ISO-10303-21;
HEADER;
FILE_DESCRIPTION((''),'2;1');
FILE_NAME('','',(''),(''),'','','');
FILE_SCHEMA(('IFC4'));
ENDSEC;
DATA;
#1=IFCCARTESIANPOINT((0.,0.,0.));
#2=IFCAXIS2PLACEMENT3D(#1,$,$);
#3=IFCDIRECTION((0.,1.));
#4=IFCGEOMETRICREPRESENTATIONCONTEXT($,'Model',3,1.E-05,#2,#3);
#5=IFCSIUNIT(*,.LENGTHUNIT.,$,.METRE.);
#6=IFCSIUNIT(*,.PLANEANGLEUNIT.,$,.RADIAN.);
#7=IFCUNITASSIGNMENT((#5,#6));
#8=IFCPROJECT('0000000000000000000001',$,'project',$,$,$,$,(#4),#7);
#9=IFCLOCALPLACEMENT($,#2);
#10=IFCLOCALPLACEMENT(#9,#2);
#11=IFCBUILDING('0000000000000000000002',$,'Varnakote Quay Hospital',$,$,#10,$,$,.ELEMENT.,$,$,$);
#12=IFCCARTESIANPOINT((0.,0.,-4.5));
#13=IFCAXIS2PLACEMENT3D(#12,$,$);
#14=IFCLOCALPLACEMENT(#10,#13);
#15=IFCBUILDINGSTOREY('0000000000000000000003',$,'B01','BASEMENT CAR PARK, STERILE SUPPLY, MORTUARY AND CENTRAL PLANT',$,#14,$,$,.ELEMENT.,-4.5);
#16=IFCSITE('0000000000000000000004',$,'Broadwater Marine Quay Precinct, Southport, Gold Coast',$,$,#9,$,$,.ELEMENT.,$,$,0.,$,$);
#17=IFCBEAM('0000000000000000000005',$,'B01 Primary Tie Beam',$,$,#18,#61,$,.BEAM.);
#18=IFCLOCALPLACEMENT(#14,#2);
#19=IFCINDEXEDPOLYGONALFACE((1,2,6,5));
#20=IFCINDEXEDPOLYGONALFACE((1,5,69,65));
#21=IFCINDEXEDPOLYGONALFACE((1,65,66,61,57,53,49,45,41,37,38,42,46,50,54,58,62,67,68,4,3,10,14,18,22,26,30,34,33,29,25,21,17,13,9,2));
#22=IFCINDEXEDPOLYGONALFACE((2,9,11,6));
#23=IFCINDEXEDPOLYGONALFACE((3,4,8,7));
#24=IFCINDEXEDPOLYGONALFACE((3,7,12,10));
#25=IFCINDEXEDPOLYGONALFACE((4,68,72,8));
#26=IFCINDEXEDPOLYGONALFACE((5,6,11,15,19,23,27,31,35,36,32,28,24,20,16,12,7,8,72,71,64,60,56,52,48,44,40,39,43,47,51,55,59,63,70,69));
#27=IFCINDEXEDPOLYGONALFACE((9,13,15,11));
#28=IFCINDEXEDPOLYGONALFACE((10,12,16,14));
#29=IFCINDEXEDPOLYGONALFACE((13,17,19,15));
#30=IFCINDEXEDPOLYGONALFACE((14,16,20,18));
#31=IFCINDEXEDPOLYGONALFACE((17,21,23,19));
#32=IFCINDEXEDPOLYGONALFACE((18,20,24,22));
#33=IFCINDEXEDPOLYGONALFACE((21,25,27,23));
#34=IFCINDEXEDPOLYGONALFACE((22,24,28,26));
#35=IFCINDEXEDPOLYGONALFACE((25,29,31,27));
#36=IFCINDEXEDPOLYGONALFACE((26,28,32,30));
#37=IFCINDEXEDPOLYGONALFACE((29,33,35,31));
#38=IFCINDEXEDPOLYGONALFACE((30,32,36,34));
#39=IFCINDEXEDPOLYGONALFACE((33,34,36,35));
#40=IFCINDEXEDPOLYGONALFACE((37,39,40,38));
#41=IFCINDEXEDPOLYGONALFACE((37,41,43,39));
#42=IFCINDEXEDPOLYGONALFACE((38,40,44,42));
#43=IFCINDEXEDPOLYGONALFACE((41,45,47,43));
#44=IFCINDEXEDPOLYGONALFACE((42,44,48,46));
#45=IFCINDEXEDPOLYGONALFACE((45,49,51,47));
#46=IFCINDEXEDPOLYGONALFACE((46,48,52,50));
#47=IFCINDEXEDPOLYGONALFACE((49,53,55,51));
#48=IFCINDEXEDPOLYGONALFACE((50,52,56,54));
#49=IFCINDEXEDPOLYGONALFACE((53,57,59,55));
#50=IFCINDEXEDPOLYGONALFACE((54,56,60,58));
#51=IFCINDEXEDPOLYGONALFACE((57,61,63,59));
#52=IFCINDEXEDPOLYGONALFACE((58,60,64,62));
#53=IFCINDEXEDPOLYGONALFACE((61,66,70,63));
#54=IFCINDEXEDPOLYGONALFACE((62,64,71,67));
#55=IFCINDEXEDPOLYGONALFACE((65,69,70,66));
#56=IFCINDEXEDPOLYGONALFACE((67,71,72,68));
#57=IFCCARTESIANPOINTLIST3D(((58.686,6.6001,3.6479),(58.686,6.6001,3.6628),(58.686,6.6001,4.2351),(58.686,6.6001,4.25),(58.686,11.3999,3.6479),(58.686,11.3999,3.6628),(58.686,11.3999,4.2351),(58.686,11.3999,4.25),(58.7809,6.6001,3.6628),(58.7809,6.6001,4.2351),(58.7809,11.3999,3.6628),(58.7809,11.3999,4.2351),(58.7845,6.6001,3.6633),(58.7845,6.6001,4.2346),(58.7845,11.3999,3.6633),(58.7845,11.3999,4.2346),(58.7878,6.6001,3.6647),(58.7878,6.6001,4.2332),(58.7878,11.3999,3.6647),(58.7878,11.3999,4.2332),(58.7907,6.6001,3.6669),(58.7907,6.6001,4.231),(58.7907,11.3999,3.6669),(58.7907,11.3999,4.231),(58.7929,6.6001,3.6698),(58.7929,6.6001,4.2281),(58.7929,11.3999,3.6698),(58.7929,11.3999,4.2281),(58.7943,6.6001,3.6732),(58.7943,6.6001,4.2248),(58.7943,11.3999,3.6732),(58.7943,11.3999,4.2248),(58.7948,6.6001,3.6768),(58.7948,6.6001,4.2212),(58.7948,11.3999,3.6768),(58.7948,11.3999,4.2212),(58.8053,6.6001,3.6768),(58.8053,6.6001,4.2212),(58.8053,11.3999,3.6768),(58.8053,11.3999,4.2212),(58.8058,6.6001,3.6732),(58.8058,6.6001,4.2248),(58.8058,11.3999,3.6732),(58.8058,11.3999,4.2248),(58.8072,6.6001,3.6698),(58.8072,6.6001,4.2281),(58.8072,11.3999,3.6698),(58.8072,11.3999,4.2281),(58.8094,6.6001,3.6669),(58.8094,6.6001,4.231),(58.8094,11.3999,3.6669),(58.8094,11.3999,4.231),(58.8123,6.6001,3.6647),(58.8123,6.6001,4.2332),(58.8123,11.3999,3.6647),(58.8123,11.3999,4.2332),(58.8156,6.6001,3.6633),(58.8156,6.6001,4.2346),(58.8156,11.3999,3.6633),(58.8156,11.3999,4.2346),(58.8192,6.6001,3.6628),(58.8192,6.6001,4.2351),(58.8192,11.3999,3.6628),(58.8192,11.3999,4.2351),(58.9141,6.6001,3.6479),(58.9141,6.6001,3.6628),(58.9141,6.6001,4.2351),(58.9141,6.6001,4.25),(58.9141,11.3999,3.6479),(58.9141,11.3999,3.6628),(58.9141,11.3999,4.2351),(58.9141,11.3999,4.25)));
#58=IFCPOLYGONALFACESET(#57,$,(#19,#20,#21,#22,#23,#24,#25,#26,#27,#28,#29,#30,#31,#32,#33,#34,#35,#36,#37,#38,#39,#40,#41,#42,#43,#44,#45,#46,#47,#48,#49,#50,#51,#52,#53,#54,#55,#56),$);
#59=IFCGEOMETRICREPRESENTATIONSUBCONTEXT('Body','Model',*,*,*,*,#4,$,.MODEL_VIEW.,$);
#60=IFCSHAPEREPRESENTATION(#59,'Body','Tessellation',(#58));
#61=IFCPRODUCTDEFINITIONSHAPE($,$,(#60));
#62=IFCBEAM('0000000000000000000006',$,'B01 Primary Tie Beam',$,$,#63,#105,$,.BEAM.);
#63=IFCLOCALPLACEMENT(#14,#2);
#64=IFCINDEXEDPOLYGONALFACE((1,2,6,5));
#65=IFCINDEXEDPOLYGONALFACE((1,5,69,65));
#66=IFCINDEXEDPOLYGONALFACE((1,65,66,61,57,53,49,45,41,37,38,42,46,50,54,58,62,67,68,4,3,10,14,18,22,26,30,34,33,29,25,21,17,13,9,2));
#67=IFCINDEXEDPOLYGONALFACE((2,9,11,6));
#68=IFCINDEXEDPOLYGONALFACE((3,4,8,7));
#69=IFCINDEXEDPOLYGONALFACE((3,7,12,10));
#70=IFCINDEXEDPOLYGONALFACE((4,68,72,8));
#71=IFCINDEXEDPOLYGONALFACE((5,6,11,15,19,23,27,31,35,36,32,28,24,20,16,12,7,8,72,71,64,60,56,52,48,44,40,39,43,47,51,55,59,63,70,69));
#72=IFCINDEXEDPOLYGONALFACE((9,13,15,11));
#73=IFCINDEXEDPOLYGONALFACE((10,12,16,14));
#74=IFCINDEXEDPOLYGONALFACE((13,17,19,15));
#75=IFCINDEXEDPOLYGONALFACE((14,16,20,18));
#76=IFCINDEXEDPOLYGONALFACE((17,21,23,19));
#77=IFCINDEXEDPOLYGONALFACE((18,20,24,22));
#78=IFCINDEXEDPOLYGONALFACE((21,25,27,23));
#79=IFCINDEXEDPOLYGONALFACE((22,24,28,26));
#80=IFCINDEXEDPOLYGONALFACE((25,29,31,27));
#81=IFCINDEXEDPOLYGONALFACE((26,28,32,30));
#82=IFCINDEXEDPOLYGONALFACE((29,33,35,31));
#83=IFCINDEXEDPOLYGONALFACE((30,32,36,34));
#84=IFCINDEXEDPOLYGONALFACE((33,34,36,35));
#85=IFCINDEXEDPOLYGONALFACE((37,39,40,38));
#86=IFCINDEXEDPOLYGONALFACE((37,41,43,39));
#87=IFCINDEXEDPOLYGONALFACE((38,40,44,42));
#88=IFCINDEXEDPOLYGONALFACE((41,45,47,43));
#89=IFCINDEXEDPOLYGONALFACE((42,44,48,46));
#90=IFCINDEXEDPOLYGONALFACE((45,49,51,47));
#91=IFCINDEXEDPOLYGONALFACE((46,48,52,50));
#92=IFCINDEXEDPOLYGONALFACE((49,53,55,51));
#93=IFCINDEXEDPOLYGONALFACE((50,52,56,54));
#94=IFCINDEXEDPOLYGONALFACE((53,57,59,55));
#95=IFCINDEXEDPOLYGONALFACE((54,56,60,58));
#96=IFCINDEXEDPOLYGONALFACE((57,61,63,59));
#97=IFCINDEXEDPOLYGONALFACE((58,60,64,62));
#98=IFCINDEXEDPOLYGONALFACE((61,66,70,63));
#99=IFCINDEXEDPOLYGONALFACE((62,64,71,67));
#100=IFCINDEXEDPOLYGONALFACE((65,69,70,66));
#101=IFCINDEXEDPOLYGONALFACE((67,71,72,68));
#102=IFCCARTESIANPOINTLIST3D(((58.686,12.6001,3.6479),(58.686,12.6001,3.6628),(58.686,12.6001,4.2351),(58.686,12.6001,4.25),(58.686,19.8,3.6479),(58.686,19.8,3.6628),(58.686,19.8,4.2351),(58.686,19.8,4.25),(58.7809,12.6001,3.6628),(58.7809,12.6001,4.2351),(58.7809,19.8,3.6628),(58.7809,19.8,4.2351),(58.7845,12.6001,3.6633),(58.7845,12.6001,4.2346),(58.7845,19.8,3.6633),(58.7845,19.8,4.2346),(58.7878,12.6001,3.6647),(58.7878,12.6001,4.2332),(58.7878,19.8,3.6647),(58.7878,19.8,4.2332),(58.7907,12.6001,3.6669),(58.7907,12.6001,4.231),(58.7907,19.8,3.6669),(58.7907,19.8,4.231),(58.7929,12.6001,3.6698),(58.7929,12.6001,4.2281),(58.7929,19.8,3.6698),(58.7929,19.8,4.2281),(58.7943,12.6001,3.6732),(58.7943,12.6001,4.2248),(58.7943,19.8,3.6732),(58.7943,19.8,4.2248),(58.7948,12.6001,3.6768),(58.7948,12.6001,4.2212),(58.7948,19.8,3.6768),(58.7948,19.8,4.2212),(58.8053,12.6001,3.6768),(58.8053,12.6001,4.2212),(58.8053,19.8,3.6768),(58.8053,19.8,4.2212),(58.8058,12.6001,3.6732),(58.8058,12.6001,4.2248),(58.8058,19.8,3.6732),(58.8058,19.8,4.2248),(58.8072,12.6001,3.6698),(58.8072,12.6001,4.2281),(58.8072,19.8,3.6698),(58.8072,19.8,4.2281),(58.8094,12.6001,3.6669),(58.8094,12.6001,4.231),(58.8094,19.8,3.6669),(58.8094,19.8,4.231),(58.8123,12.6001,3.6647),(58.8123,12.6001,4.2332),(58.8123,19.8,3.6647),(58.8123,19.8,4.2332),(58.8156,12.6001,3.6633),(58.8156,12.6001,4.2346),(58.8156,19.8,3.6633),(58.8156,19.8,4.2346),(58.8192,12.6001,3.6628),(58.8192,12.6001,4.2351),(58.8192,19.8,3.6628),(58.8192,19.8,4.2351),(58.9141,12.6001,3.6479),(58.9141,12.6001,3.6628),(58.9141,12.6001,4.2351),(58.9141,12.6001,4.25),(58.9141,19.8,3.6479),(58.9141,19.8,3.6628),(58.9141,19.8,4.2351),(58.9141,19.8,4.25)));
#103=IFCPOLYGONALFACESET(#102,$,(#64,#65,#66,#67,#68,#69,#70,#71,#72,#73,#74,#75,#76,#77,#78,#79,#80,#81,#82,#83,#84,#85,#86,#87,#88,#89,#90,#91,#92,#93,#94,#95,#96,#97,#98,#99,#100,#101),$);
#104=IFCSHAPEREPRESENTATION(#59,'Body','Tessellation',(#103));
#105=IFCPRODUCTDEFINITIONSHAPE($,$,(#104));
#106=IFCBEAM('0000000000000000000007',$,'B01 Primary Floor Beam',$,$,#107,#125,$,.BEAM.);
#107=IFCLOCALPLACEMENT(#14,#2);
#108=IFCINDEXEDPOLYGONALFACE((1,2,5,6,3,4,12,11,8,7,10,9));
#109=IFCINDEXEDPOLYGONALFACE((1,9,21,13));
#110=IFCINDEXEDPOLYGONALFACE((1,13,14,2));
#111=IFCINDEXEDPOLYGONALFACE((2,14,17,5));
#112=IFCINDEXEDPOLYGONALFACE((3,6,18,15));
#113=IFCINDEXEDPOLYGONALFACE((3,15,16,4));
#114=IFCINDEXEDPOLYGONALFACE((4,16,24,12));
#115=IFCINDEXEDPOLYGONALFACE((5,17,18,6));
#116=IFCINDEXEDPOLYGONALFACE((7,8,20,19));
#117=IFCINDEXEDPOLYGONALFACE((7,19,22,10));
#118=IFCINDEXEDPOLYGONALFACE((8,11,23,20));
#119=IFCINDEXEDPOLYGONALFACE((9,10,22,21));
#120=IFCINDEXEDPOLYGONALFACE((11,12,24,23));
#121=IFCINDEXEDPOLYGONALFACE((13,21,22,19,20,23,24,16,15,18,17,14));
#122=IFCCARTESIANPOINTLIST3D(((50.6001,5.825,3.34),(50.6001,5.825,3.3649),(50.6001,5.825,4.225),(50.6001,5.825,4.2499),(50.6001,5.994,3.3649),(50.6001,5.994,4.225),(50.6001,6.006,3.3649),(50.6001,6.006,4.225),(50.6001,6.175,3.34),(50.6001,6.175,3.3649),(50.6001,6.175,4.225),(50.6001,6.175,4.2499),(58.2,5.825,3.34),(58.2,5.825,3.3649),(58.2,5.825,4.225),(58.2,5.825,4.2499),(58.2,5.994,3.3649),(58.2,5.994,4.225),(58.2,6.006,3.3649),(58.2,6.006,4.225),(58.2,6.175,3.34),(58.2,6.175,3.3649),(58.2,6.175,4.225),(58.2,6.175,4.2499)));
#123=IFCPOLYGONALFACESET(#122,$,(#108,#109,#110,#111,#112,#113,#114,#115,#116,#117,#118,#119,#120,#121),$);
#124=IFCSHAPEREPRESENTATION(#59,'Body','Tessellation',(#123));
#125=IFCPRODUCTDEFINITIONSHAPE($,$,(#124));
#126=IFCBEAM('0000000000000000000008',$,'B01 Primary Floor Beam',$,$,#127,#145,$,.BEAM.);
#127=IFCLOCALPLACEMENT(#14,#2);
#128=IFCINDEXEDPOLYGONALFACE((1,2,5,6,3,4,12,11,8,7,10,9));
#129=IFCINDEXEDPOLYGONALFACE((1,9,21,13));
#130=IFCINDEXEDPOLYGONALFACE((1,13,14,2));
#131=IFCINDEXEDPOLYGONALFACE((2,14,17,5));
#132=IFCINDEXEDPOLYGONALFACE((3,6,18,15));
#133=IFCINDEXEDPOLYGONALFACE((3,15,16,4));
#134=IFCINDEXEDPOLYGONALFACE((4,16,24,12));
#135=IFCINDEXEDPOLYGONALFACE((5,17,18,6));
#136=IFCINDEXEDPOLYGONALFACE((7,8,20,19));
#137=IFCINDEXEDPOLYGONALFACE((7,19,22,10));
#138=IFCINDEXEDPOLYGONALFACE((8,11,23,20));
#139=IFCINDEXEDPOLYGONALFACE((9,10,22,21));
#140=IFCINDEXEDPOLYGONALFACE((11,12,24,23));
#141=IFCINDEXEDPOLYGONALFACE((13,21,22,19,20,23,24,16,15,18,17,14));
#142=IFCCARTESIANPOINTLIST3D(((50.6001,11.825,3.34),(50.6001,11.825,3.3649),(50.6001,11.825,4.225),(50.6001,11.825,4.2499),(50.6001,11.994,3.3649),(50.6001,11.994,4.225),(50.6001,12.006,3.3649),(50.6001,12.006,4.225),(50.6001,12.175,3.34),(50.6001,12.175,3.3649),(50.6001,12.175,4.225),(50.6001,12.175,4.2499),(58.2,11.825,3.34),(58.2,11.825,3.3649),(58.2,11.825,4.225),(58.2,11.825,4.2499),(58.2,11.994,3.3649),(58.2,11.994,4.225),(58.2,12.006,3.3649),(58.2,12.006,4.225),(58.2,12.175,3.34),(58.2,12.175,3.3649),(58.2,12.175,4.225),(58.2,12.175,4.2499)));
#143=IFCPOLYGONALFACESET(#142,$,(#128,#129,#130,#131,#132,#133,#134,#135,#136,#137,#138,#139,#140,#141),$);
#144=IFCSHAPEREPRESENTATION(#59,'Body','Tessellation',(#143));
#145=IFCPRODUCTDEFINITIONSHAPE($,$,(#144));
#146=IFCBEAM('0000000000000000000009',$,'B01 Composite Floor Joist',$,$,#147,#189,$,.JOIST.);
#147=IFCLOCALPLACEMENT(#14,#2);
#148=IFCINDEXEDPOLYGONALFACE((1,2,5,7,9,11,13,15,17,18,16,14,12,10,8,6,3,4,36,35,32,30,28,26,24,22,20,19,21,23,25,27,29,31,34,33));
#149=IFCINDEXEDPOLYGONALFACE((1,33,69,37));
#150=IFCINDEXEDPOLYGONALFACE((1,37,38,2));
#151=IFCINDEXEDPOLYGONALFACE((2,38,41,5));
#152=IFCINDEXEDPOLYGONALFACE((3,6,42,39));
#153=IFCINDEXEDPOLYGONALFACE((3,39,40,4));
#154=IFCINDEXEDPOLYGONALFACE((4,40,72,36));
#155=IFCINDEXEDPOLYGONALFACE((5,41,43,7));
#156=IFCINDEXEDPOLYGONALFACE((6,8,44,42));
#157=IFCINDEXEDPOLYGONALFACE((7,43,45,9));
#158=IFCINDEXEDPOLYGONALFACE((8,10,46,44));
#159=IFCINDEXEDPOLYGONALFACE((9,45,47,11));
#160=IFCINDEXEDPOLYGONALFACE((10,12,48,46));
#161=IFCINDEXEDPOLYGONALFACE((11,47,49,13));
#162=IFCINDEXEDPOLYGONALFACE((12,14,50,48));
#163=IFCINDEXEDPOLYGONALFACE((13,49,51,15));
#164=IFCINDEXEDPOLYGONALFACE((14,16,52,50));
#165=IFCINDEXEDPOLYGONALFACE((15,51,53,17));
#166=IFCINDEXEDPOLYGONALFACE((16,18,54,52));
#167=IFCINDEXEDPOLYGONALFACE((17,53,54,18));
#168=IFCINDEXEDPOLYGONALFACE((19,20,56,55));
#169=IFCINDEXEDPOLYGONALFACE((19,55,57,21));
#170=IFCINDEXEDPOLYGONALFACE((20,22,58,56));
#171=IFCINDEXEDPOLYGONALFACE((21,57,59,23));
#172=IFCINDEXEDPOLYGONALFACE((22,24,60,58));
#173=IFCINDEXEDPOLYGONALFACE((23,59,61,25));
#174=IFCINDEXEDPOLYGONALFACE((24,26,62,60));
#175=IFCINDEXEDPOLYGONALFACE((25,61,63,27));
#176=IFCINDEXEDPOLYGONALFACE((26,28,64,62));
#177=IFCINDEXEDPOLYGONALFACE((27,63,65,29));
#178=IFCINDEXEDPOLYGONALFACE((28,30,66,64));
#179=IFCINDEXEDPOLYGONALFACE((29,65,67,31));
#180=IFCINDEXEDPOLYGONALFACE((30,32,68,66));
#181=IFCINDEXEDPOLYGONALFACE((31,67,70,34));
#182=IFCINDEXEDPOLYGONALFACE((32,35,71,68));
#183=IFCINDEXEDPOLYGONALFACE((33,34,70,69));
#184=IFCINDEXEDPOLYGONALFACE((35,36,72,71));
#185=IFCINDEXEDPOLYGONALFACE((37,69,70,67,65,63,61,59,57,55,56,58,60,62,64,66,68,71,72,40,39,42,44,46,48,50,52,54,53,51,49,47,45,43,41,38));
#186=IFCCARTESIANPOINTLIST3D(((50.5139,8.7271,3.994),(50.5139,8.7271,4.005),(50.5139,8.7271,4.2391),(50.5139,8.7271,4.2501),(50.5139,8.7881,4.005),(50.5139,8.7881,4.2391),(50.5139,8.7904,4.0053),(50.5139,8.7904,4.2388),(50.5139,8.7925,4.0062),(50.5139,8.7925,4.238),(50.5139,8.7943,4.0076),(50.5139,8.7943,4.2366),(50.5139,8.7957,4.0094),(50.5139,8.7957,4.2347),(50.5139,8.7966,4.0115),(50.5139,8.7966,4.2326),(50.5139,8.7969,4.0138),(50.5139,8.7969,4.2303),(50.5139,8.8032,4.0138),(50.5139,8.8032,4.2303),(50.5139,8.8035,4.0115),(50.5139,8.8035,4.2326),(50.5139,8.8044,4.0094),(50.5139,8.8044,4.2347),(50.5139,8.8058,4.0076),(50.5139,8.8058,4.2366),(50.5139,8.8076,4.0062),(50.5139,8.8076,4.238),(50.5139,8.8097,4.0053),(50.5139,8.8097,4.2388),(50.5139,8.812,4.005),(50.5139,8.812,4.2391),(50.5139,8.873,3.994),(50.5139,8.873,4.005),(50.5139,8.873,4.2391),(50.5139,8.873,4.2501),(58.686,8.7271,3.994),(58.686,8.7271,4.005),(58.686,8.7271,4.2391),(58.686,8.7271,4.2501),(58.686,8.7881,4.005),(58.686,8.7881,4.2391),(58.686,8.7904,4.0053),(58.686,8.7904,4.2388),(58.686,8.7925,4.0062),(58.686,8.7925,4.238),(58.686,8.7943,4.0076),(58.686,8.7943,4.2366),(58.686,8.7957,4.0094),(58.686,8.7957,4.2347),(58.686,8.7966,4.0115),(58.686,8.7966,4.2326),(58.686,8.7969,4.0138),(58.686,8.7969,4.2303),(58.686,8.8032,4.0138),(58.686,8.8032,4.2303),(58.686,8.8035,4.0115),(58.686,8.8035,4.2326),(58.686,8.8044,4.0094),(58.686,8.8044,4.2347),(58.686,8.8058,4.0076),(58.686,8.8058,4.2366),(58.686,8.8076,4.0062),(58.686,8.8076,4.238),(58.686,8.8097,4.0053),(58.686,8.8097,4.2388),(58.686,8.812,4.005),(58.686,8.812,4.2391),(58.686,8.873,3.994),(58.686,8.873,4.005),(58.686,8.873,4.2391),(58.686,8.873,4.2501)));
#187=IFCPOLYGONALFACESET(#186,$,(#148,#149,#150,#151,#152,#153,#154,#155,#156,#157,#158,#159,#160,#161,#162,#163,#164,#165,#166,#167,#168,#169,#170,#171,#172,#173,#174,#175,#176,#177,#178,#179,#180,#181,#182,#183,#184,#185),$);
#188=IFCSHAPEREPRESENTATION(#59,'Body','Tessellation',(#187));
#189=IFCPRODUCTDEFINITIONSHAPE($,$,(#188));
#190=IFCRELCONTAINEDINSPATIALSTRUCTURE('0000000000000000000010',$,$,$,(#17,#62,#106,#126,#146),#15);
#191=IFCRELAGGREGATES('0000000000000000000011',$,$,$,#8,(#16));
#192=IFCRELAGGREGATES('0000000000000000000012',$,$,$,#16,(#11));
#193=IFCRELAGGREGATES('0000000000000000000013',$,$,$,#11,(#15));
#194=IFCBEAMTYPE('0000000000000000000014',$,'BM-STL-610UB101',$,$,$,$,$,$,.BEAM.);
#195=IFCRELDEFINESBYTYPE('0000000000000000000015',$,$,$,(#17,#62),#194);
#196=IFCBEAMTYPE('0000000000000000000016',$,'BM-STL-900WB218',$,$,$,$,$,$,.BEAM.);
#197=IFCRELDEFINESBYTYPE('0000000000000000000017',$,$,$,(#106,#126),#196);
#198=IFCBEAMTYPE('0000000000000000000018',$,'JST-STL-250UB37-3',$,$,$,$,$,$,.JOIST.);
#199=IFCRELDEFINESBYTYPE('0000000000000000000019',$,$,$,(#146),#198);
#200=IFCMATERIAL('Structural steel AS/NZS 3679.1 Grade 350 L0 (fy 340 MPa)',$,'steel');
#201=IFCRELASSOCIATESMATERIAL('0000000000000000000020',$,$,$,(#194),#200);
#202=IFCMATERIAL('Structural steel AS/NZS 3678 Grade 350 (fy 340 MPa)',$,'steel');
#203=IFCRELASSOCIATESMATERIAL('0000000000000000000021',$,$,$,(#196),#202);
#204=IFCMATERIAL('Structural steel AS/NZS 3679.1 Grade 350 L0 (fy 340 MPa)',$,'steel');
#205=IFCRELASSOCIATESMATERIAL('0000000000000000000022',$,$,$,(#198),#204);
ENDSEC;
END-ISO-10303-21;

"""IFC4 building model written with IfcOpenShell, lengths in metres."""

from ifc_helpers import new_model, si_unit, direction, frame, origin, origin_2d, place, context, subcontext, project, spatial, i_section, extrude, material, material_profile, profile_set, type_object, element, save


model = new_model("IFC4")

# Units and contexts
model_context = context("Model", 3, precision=1e-05, world=origin(), true_north=direction((0.0, 1.0)))
body_context = subcontext(model_context, "Body", "Model", "MODEL_VIEW")
ifc_project = project(units=[si_unit("LENGTHUNIT", "METRE"), si_unit("PLANEANGLEUNIT", "RADIAN")], contexts=[model_context])

# Site, building, storey
site_placement = place(None, origin())
site = spatial("IfcSite", under=ifc_project, at=site_placement, Name="Broadwater Marine Quay Precinct, Southport, Gold Coast", CompositionType="ELEMENT", RefElevation=0.0)
building_placement = place(site_placement, origin())
building = spatial("IfcBuilding", under=site, at=building_placement, Name="Varnakote Quay Hospital", CompositionType="ELEMENT")
storey_placement = place(building_placement, frame((0.0, 0.0, -4.5)))
storey = spatial("IfcBuildingStorey", under=building, at=storey_placement, Name="B01", Description="BASEMENT CAR PARK, STERILE SUPPLY, MORTUARY AND CENTRAL PLANT", CompositionType="ELEMENT", Elevation=-4.5)

# Beams
ifc_material_1 = material(Name="Structural steel AS/NZS 3679.1 Grade 350 L0 (fy 340 MPa)", Category="steel")
ifc_material_profile_1 = material_profile(ifc_material_1, i_section(OverallWidth=0.228, OverallDepth=0.6021, WebThickness=0.0105, FlangeThickness=0.0149, FilletRadius=0.0139, at=origin_2d()), Name="610UB101")
ifc_profile_set_1 = profile_set([ifc_material_profile_1], Name="Structural steel AS/NZS 3679.1 Grade 350 L0 (fy 340 MPa)")
beam_type_1 = type_object("IfcBeamType", Name="BM-STL-610UB101", PredefinedType="BEAM", material=ifc_profile_set_1)
beam_1_placement = place(storey_placement, frame((58.8, 6.6001, 3.949), z_axis=(0.0, 1.0, 0.0), x_axis=(-1.0, 0.0, 0.0)))
element("IfcBeam", 1, at=beam_1_placement, inside=storey, type_object=beam_type_1, Name="B01 Primary Tie Beam", PredefinedType="BEAM", context=body_context, shape_type="SweptSolid", body=[
    extrude(i_section(OverallWidth=0.228, OverallDepth=0.6021, WebThickness=0.0105, FlangeThickness=0.0149, FilletRadius=0.0139, at=origin_2d()), origin(), (0.0, 0.0, 1.0), 4.7998),
])
beam_2_placement = place(storey_placement, frame((58.8, 12.6001, 3.949), z_axis=(0.0, 1.0, 0.0), x_axis=(-1.0, 0.0, 0.0)))
element("IfcBeam", 2, at=beam_2_placement, inside=storey, type_object=beam_type_1, Name="B01 Primary Tie Beam", PredefinedType="BEAM", context=body_context, shape_type="SweptSolid", body=[
    extrude(i_section(OverallWidth=0.228, OverallDepth=0.6021, WebThickness=0.0105, FlangeThickness=0.0149, FilletRadius=0.0139, at=origin_2d()), origin(), (0.0, 0.0, 1.0), 7.2),
])
ifc_material_2 = material(Name="Structural steel AS/NZS 3678 Grade 350 (fy 340 MPa)", Category="steel")
ifc_material_profile_2 = material_profile(ifc_material_2, i_section(OverallWidth=0.3501, OverallDepth=0.9099, WebThickness=0.012, FlangeThickness=0.0249, at=origin_2d()), Name="900WB218")
ifc_profile_set_2 = profile_set([ifc_material_profile_2], Name="Structural steel AS/NZS 3678 Grade 350 (fy 340 MPa)")
beam_type_2 = type_object("IfcBeamType", Name="BM-STL-900WB218", PredefinedType="BEAM", material=ifc_profile_set_2)
for number, where, z_axis, x_axis, name in (
    (3, (50.6001, 6.0, 3.7949), (1.0, 0.0, 0.0), (0.0, 1.0, 0.0), "B01 Primary Floor Beam"),
    (4, (50.6001, 12.0, 3.7949), (1.0, 0.0, 0.0), (0.0, 1.0, 0.0), "B01 Primary Floor Beam"),
):
    element("IfcBeam", number, at=place(storey_placement, frame(where, z_axis=z_axis, x_axis=x_axis)), inside=storey, type_object=beam_type_2, Name=name, PredefinedType="BEAM", context=body_context, shape_type="SweptSolid", body=[
        extrude(i_section(OverallWidth=0.3501, OverallDepth=0.9099, WebThickness=0.012, FlangeThickness=0.0249, at=origin_2d()), origin(), (0.0, 0.0, 1.0), 7.5999),
    ])
ifc_material_3 = material(Name="Structural steel AS/NZS 3679.1 Grade 350 L0 (fy 340 MPa)", Category="steel")
ifc_material_profile_3 = material_profile(ifc_material_3, i_section(OverallWidth=0.146, OverallDepth=0.2561, WebThickness=0.0063, FlangeThickness=0.011, FilletRadius=0.0088, at=origin_2d()), Name="250UB37.3")
ifc_profile_set_3 = profile_set([ifc_material_profile_3], Name="Structural steel AS/NZS 3679.1 Grade 350 L0 (fy 340 MPa)")
beam_type_3 = type_object("IfcBeamType", Name="JST-STL-250UB37-3", PredefinedType="JOIST", material=ifc_profile_set_3)
beam_3_placement = place(storey_placement, frame((50.5139, 8.8, 4.1221), z_axis=(1.0, 0.0, 0.0), x_axis=(0.0, 1.0, 0.0)))
element("IfcBeam", 5, at=beam_3_placement, inside=storey, type_object=beam_type_3, Name="B01 Composite Floor Joist", PredefinedType="JOIST", context=body_context, shape_type="SweptSolid", body=[
    extrude(i_section(OverallWidth=0.146, OverallDepth=0.2561, WebThickness=0.0063, FlangeThickness=0.011, FilletRadius=0.0088, at=origin_2d()), origin(), (0.0, 0.0, 1.0), 8.1721),
])

save(model, "model.ifc")
